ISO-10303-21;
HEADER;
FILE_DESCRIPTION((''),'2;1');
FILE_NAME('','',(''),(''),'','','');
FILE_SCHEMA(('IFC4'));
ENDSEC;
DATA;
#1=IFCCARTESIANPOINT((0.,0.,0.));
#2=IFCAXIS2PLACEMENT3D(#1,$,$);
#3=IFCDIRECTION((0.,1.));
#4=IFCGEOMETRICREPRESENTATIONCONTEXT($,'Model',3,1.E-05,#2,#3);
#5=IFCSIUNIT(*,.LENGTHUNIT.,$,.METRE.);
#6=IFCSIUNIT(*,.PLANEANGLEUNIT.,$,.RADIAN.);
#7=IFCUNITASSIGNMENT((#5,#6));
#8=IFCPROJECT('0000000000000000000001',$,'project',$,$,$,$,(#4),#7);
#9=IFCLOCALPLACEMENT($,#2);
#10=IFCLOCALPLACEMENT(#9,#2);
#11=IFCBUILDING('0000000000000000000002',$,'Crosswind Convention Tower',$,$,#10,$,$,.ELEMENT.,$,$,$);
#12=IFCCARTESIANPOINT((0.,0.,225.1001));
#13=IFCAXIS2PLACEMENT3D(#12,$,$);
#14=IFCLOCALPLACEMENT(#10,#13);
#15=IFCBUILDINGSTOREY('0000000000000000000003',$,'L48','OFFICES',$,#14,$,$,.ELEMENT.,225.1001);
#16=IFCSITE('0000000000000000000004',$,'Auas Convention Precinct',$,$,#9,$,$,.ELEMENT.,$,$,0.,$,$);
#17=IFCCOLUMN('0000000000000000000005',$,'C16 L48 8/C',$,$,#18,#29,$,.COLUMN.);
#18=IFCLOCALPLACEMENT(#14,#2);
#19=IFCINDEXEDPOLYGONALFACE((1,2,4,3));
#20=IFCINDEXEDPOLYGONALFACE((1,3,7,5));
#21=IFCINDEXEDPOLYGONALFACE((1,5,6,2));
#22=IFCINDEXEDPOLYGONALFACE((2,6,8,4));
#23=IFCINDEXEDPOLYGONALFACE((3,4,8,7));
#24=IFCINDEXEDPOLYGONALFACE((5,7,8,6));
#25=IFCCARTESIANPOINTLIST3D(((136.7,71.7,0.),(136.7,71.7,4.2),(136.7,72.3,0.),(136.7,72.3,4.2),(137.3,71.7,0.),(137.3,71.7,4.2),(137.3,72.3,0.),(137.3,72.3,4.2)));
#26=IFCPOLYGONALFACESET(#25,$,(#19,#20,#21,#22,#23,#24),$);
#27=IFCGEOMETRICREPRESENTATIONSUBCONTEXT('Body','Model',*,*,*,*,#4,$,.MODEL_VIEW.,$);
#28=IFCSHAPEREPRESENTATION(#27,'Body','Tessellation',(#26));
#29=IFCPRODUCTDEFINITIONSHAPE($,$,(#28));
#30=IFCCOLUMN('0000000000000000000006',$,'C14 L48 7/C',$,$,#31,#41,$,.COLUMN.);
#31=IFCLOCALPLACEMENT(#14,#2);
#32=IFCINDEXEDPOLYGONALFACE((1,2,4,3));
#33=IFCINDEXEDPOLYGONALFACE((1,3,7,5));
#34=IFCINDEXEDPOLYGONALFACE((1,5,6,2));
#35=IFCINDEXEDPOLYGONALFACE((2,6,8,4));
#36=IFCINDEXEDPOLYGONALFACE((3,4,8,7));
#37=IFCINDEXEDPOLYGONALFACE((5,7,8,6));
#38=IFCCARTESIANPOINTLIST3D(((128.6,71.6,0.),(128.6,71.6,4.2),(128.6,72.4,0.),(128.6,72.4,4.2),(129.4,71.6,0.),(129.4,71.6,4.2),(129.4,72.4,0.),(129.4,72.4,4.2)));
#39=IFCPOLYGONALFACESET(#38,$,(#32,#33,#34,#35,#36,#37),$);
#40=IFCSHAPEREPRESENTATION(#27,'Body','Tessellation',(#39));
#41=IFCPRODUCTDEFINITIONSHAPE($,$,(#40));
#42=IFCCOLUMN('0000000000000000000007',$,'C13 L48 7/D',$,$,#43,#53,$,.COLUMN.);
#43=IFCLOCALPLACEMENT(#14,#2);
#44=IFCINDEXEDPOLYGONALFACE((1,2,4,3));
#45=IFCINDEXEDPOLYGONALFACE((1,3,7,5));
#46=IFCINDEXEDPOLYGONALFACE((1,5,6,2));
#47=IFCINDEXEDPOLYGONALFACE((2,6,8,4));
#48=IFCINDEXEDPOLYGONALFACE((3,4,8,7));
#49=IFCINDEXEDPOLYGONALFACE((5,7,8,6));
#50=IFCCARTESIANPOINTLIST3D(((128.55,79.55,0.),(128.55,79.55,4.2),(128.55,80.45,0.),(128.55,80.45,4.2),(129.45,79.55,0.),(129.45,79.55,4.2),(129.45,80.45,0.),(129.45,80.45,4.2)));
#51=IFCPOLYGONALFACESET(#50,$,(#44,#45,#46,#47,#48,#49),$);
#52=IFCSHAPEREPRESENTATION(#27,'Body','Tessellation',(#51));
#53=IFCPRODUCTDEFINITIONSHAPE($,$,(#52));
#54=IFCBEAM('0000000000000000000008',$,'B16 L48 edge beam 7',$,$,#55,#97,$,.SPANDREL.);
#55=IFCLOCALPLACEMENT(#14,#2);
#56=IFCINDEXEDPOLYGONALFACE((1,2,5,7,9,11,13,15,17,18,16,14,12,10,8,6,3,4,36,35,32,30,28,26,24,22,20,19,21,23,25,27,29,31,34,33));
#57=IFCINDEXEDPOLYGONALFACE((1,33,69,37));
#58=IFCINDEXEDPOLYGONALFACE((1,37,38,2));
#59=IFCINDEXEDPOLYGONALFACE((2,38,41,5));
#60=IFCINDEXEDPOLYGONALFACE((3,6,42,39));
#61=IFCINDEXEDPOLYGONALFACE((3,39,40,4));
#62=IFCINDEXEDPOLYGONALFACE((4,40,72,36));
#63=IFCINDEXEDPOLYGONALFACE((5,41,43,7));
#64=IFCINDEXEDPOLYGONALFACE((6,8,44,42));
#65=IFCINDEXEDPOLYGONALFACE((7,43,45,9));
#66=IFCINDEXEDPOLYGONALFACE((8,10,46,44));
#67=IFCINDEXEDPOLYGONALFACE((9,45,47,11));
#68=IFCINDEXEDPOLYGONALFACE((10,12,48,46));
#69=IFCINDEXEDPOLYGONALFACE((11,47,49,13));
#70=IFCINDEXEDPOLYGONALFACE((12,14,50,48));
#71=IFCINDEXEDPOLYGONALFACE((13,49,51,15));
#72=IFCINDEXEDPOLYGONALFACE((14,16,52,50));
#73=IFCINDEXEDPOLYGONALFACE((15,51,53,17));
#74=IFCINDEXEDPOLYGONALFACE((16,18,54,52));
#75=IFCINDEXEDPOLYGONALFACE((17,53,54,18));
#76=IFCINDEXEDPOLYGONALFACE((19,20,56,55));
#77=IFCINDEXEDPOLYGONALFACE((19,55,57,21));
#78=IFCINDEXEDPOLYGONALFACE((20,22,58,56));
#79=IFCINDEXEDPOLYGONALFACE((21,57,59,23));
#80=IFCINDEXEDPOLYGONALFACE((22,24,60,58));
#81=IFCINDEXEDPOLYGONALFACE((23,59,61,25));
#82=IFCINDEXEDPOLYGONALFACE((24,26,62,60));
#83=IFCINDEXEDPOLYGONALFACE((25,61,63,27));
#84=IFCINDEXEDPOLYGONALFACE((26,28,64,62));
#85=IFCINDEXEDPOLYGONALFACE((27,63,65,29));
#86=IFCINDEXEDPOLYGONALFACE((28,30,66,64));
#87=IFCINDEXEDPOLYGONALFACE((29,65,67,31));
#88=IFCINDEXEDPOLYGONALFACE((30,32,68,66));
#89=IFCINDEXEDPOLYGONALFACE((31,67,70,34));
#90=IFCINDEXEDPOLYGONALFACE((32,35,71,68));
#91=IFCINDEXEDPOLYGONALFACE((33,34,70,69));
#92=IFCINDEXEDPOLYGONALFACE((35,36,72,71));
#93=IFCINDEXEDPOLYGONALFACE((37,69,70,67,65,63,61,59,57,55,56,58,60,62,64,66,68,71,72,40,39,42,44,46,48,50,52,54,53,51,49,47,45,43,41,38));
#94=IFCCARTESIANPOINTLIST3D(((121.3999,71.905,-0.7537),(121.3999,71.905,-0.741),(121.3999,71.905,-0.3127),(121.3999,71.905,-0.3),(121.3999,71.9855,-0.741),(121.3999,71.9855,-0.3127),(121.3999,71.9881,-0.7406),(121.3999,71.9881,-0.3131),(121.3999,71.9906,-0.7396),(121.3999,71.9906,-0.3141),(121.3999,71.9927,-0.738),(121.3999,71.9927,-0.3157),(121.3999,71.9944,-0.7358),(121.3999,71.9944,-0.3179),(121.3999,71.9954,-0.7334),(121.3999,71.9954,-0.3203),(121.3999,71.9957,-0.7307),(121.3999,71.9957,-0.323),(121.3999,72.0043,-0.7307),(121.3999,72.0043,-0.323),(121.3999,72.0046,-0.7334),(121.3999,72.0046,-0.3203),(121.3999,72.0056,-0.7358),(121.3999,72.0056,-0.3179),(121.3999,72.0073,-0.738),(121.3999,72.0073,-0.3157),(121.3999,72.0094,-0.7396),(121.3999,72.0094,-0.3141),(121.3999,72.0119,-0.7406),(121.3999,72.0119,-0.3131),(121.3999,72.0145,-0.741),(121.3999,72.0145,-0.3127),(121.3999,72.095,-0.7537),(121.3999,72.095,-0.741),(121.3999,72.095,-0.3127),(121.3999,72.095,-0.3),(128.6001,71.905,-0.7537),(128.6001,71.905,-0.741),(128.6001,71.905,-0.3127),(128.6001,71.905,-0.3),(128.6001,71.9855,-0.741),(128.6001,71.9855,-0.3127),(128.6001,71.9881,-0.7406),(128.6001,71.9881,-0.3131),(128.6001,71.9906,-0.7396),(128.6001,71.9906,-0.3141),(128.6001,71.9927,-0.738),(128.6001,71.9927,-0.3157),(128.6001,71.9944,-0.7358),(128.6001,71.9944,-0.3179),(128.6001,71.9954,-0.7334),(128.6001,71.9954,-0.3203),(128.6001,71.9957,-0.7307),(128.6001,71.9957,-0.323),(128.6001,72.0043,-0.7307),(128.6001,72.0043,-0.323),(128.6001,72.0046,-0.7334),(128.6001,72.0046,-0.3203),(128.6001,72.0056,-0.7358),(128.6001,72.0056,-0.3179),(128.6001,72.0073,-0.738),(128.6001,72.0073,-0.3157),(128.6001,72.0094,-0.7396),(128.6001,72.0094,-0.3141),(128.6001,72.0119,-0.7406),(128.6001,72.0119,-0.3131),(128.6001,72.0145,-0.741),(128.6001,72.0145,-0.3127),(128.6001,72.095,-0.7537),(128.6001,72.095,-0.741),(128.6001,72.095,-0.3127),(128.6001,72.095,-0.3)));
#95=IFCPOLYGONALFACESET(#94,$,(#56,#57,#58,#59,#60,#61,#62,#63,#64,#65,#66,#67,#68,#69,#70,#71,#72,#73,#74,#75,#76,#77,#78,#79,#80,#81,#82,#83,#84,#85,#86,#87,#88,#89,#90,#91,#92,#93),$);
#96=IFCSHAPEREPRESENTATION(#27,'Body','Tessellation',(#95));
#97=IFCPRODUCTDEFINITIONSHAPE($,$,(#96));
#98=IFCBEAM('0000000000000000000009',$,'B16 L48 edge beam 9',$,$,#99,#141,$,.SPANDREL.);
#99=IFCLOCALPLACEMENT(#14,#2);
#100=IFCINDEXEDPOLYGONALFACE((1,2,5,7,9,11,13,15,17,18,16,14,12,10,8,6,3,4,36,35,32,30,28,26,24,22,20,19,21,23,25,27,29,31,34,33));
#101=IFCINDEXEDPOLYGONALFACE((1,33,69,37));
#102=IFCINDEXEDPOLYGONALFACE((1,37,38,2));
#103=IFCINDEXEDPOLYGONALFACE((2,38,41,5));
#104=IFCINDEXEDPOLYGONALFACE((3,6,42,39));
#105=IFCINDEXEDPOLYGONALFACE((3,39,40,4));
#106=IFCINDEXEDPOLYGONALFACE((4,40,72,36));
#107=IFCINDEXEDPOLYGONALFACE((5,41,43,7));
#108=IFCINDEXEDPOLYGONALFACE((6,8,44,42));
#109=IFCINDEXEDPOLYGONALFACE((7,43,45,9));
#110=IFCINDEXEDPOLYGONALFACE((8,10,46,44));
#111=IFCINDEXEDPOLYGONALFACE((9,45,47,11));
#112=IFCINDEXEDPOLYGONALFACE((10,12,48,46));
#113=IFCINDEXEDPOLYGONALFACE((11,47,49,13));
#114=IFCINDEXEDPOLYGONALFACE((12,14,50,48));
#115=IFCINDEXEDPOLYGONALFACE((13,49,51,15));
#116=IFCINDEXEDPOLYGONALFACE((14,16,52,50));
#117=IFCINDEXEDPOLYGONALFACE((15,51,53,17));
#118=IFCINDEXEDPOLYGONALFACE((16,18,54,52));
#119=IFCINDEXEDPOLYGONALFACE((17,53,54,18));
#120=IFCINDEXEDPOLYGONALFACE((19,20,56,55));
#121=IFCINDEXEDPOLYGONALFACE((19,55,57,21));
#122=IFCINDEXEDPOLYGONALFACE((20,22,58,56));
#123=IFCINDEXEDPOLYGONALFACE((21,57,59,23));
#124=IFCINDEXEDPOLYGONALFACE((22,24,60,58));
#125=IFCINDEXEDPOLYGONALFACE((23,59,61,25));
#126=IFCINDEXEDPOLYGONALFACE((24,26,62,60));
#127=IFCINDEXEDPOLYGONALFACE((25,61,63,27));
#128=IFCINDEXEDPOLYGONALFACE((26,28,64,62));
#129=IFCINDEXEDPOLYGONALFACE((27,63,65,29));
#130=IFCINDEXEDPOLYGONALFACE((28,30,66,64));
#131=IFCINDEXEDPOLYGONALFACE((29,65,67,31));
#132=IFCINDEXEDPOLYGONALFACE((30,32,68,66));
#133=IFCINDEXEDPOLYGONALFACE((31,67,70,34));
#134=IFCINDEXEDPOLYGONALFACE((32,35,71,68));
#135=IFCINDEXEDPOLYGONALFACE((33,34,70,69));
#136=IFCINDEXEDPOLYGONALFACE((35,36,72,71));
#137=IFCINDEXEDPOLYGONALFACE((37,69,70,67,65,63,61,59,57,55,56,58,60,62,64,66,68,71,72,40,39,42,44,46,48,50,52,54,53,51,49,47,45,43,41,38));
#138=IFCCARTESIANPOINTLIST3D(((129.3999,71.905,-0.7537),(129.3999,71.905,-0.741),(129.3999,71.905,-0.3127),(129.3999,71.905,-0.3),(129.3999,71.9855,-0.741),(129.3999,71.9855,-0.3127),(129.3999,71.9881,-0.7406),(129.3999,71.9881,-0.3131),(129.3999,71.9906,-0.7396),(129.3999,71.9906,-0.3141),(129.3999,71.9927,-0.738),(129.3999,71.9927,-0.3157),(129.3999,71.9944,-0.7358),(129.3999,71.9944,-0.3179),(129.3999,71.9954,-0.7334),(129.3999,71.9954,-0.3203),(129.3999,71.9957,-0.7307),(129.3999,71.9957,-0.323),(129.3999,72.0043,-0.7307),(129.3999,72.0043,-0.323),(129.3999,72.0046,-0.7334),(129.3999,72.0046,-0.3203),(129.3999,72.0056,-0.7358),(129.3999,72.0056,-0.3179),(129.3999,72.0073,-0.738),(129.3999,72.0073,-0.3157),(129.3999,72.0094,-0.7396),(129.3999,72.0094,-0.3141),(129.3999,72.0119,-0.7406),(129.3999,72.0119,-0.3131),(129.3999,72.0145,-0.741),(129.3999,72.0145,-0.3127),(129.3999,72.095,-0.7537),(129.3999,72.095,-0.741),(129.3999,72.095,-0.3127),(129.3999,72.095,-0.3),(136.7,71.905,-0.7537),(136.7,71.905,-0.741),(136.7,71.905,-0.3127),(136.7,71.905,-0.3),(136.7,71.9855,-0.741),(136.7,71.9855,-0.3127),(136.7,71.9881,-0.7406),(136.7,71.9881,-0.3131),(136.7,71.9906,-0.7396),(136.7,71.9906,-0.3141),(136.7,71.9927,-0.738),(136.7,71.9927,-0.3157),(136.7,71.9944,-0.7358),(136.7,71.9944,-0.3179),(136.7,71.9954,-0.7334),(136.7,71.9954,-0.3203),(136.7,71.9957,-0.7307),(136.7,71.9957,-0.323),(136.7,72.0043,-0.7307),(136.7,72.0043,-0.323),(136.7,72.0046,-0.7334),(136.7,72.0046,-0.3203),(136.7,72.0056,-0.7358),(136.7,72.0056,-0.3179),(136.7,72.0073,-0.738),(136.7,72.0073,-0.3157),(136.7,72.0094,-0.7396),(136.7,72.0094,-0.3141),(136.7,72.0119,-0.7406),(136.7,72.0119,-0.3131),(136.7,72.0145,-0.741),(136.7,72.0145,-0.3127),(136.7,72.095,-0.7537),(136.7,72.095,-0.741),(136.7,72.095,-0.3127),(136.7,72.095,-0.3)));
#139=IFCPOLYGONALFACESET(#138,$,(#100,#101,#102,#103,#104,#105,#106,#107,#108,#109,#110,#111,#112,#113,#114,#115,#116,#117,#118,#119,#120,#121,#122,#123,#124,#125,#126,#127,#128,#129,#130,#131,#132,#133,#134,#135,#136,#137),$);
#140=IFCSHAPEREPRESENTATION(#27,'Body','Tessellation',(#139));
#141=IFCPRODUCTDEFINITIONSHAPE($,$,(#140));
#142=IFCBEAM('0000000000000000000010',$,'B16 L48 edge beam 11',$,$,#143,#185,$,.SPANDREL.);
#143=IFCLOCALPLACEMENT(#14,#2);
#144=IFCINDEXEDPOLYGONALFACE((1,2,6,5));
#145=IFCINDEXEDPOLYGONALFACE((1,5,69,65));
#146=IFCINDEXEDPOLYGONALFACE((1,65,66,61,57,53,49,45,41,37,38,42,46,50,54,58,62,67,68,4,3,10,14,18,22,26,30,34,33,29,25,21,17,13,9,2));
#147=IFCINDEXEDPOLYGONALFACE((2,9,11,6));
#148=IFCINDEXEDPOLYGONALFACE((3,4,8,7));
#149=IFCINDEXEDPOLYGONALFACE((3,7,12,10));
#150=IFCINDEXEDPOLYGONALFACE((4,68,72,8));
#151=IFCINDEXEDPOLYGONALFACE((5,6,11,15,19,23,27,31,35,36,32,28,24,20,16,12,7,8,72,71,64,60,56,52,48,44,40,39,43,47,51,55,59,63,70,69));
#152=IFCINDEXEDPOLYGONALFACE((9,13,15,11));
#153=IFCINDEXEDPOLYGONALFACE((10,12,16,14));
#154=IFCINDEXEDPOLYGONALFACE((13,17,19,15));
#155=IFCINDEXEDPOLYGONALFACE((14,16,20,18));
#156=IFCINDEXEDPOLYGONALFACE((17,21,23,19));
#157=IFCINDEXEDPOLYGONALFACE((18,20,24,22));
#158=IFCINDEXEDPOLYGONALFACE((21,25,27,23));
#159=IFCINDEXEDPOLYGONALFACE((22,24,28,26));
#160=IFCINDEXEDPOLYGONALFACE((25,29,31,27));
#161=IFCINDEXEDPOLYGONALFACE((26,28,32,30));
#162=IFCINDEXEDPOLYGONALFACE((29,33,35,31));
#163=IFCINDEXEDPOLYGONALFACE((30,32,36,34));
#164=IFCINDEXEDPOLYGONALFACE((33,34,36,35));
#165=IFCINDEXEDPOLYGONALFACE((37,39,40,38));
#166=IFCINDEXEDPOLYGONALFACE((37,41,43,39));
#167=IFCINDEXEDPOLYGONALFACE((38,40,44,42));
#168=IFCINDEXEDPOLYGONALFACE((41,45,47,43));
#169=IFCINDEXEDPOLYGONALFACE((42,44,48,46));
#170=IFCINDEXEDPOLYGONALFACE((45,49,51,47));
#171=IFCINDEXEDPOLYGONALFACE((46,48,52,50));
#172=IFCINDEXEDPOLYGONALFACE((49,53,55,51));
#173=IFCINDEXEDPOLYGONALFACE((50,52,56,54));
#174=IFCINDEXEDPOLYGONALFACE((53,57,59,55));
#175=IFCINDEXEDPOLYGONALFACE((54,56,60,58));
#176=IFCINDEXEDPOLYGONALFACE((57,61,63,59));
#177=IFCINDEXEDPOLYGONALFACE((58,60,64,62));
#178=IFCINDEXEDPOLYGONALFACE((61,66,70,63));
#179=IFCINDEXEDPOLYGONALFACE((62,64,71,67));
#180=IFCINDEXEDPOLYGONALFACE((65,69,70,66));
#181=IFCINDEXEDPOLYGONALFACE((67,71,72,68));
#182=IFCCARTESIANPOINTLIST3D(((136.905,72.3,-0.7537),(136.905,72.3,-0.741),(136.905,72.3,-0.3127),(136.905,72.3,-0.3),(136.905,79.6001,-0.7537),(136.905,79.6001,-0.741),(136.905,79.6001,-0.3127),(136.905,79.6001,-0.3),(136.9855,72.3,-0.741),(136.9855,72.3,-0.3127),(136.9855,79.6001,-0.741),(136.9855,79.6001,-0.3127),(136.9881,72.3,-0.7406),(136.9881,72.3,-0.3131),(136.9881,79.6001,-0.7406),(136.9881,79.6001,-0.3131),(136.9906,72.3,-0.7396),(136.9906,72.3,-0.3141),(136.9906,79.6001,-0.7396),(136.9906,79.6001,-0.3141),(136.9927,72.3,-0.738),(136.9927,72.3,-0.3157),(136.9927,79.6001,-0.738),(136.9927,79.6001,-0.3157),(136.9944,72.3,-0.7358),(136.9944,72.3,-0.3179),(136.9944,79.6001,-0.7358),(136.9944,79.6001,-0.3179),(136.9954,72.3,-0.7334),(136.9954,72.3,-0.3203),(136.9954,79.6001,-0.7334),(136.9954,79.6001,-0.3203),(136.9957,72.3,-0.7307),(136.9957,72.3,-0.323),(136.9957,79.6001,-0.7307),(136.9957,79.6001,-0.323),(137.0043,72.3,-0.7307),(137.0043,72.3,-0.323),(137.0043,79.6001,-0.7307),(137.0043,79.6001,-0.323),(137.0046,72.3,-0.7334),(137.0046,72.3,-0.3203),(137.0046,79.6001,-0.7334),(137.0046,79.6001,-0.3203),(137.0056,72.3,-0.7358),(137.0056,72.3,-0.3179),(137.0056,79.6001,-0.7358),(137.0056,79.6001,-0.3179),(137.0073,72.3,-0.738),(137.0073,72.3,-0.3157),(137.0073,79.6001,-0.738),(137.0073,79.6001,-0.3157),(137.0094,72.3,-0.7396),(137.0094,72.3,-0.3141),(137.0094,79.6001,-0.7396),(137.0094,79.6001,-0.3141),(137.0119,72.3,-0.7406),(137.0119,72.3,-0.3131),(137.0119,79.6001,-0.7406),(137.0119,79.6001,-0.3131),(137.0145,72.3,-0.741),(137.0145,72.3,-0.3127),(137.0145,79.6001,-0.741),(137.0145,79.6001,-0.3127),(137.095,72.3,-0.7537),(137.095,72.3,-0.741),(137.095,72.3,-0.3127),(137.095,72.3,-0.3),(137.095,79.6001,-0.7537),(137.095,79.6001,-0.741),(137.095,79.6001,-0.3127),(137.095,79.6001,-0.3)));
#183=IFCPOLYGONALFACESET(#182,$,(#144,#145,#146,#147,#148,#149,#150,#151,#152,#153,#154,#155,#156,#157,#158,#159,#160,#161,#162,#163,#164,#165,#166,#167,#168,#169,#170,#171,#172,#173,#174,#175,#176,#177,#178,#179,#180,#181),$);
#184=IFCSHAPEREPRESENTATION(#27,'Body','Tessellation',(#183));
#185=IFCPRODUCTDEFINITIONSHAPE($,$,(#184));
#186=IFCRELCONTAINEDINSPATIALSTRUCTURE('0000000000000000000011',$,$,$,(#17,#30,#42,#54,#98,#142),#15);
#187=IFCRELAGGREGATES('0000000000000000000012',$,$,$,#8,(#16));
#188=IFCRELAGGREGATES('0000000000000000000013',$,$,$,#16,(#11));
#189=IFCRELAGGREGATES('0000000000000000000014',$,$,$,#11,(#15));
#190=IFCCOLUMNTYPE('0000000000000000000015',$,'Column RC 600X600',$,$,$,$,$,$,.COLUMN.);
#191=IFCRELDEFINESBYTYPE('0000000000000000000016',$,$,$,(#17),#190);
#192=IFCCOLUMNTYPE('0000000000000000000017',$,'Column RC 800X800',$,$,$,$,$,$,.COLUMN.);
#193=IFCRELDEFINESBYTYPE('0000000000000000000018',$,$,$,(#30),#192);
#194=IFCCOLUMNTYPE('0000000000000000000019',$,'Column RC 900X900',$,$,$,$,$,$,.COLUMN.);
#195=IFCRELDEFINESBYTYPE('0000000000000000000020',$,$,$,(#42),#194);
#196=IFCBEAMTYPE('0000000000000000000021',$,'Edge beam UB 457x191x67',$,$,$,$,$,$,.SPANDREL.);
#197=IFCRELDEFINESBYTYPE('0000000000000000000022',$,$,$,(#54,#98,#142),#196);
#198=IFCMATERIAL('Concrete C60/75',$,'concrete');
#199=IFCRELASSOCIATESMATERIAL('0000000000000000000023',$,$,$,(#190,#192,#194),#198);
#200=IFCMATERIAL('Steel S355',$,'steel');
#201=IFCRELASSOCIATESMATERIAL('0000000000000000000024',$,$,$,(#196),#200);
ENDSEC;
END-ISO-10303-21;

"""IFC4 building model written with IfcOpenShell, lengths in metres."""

from ifc_helpers import new_model, si_unit, direction, frame, origin, origin_2d, place, context, subcontext, project, spatial, rectangle, i_section, extrude, material, material_profile, profile_set, type_object, element, save


model = new_model("IFC4")

# Units and contexts
model_context = context("Model", 3, precision=1e-05, world=origin(), true_north=direction((0.0, 1.0)))
body_context = subcontext(model_context, "Body", "Model", "MODEL_VIEW")
ifc_project = project(units=[si_unit("LENGTHUNIT", "METRE"), si_unit("PLANEANGLEUNIT", "RADIAN")], contexts=[model_context])

# Site, building, storey
site_placement = place(None, origin())
site = spatial("IfcSite", under=ifc_project, at=site_placement, Name="Auas Convention Precinct", CompositionType="ELEMENT", RefElevation=0.0)
building_placement = place(site_placement, origin())
building = spatial("IfcBuilding", under=site, at=building_placement, Name="Crosswind Convention Tower", CompositionType="ELEMENT")
storey_placement = place(building_placement, frame((0.0, 0.0, 225.1001)))
storey = spatial("IfcBuildingStorey", under=building, at=storey_placement, Name="L48", Description="OFFICES", CompositionType="ELEMENT", Elevation=225.1001)

# Columns
ifc_material_1 = material(Name="Concrete C60/75", Category="concrete")
ifc_material_profile_1 = material_profile(ifc_material_1, rectangle(XDim=0.6001, YDim=0.6001, at=origin_2d()), Name="RC 600X600")
ifc_profile_set_1 = profile_set([ifc_material_profile_1], Name="Concrete C60/75")
column_type_1 = type_object("IfcColumnType", Name="Column RC 600X600", PredefinedType="COLUMN", material=ifc_profile_set_1)
column_1_placement = place(storey_placement, frame((137.0, 72.0, 0.0), z_axis=(0.0, 0.0, 1.0), x_axis=(1.0, 0.0, 0.0)))
element("IfcColumn", 1, at=column_1_placement, inside=storey, type_object=column_type_1, Name="C16 L48 8/C", PredefinedType="COLUMN", context=body_context, shape_type="SweptSolid", body=[
    extrude(rectangle(XDim=0.6001, YDim=0.6001, at=origin_2d()), origin(), (0.0, 0.0, 1.0), 4.2),
])
ifc_material_profile_2 = material_profile(ifc_material_1, rectangle(XDim=0.8, YDim=0.8, at=origin_2d()), Name="RC 800X800")
ifc_profile_set_2 = profile_set([ifc_material_profile_2], Name="Concrete C60/75")
column_type_2 = type_object("IfcColumnType", Name="Column RC 800X800", PredefinedType="COLUMN", material=ifc_profile_set_2)
column_2_placement = place(storey_placement, frame((129.0, 72.0, 0.0), z_axis=(0.0, 0.0, 1.0), x_axis=(1.0, 0.0, 0.0)))
element("IfcColumn", 2, at=column_2_placement, inside=storey, type_object=column_type_2, Name="C14 L48 7/C", PredefinedType="COLUMN", context=body_context, shape_type="SweptSolid", body=[
    extrude(rectangle(XDim=0.8, YDim=0.8, at=origin_2d()), origin(), (0.0, 0.0, 1.0), 4.2),
])
ifc_material_profile_3 = material_profile(ifc_material_1, rectangle(XDim=0.8999, YDim=0.8999, at=origin_2d()), Name="RC 900X900")
ifc_profile_set_3 = profile_set([ifc_material_profile_3], Name="Concrete C60/75")
column_type_3 = type_object("IfcColumnType", Name="Column RC 900X900", PredefinedType="COLUMN", material=ifc_profile_set_3)
column_3_placement = place(storey_placement, frame((129.0, 80.0, 0.0), z_axis=(0.0, 0.0, 1.0), x_axis=(1.0, 0.0, 0.0)))
element("IfcColumn", 3, at=column_3_placement, inside=storey, type_object=column_type_3, Name="C13 L48 7/D", PredefinedType="COLUMN", context=body_context, shape_type="SweptSolid", body=[
    extrude(rectangle(XDim=0.8999, YDim=0.8999, at=origin_2d()), origin(), (0.0, 0.0, 1.0), 4.2),
])

# Beams
ifc_material_2 = material(Name="Steel S355", Category="steel")
ifc_material_profile_4 = material_profile(ifc_material_2, i_section(OverallWidth=0.1899, OverallDepth=0.4536, WebThickness=0.0085, FlangeThickness=0.0127, FilletRadius=0.0103, at=origin_2d()), Name="UB 457x191x67")
ifc_profile_set_4 = profile_set([ifc_material_profile_4], Name="Steel S355")
beam_type_1 = type_object("IfcBeamType", Name="Edge beam UB 457x191x67", PredefinedType="SPANDREL", material=ifc_profile_set_4)
beam_1_placement = place(storey_placement, frame((121.3999, 72.0, -0.5269), z_axis=(1.0, 0.0, 0.0), x_axis=(0.0, 1.0, 0.0)))
element("IfcBeam", 4, at=beam_1_placement, inside=storey, type_object=beam_type_1, Name="B16 L48 edge beam 7", PredefinedType="SPANDREL", context=body_context, shape_type="SweptSolid", body=[
    extrude(i_section(OverallWidth=0.1899, OverallDepth=0.4536, WebThickness=0.0085, FlangeThickness=0.0127, FilletRadius=0.0103, at=origin_2d()), origin(), (0.0, 0.0, 1.0), 7.2002),
])
for number, where, z_axis, x_axis, name in (
    (5, (129.3999, 72.0, -0.5269), (1.0, 0.0, 0.0), (0.0, 1.0, 0.0), "B16 L48 edge beam 9"),
    (6, (137.0, 72.3, -0.5269), (0.0, 1.0, 0.0), (-1.0, 0.0, 0.0), "B16 L48 edge beam 11"),
):
    element("IfcBeam", number, at=place(storey_placement, frame(where, z_axis=z_axis, x_axis=x_axis)), inside=storey, type_object=beam_type_1, Name=name, PredefinedType="SPANDREL", context=body_context, shape_type="SweptSolid", body=[
        extrude(i_section(OverallWidth=0.1899, OverallDepth=0.4536, WebThickness=0.0085, FlangeThickness=0.0127, FilletRadius=0.0103, at=origin_2d()), origin(), (0.0, 0.0, 1.0), 7.3),
    ])

save(model, "model.ifc")
